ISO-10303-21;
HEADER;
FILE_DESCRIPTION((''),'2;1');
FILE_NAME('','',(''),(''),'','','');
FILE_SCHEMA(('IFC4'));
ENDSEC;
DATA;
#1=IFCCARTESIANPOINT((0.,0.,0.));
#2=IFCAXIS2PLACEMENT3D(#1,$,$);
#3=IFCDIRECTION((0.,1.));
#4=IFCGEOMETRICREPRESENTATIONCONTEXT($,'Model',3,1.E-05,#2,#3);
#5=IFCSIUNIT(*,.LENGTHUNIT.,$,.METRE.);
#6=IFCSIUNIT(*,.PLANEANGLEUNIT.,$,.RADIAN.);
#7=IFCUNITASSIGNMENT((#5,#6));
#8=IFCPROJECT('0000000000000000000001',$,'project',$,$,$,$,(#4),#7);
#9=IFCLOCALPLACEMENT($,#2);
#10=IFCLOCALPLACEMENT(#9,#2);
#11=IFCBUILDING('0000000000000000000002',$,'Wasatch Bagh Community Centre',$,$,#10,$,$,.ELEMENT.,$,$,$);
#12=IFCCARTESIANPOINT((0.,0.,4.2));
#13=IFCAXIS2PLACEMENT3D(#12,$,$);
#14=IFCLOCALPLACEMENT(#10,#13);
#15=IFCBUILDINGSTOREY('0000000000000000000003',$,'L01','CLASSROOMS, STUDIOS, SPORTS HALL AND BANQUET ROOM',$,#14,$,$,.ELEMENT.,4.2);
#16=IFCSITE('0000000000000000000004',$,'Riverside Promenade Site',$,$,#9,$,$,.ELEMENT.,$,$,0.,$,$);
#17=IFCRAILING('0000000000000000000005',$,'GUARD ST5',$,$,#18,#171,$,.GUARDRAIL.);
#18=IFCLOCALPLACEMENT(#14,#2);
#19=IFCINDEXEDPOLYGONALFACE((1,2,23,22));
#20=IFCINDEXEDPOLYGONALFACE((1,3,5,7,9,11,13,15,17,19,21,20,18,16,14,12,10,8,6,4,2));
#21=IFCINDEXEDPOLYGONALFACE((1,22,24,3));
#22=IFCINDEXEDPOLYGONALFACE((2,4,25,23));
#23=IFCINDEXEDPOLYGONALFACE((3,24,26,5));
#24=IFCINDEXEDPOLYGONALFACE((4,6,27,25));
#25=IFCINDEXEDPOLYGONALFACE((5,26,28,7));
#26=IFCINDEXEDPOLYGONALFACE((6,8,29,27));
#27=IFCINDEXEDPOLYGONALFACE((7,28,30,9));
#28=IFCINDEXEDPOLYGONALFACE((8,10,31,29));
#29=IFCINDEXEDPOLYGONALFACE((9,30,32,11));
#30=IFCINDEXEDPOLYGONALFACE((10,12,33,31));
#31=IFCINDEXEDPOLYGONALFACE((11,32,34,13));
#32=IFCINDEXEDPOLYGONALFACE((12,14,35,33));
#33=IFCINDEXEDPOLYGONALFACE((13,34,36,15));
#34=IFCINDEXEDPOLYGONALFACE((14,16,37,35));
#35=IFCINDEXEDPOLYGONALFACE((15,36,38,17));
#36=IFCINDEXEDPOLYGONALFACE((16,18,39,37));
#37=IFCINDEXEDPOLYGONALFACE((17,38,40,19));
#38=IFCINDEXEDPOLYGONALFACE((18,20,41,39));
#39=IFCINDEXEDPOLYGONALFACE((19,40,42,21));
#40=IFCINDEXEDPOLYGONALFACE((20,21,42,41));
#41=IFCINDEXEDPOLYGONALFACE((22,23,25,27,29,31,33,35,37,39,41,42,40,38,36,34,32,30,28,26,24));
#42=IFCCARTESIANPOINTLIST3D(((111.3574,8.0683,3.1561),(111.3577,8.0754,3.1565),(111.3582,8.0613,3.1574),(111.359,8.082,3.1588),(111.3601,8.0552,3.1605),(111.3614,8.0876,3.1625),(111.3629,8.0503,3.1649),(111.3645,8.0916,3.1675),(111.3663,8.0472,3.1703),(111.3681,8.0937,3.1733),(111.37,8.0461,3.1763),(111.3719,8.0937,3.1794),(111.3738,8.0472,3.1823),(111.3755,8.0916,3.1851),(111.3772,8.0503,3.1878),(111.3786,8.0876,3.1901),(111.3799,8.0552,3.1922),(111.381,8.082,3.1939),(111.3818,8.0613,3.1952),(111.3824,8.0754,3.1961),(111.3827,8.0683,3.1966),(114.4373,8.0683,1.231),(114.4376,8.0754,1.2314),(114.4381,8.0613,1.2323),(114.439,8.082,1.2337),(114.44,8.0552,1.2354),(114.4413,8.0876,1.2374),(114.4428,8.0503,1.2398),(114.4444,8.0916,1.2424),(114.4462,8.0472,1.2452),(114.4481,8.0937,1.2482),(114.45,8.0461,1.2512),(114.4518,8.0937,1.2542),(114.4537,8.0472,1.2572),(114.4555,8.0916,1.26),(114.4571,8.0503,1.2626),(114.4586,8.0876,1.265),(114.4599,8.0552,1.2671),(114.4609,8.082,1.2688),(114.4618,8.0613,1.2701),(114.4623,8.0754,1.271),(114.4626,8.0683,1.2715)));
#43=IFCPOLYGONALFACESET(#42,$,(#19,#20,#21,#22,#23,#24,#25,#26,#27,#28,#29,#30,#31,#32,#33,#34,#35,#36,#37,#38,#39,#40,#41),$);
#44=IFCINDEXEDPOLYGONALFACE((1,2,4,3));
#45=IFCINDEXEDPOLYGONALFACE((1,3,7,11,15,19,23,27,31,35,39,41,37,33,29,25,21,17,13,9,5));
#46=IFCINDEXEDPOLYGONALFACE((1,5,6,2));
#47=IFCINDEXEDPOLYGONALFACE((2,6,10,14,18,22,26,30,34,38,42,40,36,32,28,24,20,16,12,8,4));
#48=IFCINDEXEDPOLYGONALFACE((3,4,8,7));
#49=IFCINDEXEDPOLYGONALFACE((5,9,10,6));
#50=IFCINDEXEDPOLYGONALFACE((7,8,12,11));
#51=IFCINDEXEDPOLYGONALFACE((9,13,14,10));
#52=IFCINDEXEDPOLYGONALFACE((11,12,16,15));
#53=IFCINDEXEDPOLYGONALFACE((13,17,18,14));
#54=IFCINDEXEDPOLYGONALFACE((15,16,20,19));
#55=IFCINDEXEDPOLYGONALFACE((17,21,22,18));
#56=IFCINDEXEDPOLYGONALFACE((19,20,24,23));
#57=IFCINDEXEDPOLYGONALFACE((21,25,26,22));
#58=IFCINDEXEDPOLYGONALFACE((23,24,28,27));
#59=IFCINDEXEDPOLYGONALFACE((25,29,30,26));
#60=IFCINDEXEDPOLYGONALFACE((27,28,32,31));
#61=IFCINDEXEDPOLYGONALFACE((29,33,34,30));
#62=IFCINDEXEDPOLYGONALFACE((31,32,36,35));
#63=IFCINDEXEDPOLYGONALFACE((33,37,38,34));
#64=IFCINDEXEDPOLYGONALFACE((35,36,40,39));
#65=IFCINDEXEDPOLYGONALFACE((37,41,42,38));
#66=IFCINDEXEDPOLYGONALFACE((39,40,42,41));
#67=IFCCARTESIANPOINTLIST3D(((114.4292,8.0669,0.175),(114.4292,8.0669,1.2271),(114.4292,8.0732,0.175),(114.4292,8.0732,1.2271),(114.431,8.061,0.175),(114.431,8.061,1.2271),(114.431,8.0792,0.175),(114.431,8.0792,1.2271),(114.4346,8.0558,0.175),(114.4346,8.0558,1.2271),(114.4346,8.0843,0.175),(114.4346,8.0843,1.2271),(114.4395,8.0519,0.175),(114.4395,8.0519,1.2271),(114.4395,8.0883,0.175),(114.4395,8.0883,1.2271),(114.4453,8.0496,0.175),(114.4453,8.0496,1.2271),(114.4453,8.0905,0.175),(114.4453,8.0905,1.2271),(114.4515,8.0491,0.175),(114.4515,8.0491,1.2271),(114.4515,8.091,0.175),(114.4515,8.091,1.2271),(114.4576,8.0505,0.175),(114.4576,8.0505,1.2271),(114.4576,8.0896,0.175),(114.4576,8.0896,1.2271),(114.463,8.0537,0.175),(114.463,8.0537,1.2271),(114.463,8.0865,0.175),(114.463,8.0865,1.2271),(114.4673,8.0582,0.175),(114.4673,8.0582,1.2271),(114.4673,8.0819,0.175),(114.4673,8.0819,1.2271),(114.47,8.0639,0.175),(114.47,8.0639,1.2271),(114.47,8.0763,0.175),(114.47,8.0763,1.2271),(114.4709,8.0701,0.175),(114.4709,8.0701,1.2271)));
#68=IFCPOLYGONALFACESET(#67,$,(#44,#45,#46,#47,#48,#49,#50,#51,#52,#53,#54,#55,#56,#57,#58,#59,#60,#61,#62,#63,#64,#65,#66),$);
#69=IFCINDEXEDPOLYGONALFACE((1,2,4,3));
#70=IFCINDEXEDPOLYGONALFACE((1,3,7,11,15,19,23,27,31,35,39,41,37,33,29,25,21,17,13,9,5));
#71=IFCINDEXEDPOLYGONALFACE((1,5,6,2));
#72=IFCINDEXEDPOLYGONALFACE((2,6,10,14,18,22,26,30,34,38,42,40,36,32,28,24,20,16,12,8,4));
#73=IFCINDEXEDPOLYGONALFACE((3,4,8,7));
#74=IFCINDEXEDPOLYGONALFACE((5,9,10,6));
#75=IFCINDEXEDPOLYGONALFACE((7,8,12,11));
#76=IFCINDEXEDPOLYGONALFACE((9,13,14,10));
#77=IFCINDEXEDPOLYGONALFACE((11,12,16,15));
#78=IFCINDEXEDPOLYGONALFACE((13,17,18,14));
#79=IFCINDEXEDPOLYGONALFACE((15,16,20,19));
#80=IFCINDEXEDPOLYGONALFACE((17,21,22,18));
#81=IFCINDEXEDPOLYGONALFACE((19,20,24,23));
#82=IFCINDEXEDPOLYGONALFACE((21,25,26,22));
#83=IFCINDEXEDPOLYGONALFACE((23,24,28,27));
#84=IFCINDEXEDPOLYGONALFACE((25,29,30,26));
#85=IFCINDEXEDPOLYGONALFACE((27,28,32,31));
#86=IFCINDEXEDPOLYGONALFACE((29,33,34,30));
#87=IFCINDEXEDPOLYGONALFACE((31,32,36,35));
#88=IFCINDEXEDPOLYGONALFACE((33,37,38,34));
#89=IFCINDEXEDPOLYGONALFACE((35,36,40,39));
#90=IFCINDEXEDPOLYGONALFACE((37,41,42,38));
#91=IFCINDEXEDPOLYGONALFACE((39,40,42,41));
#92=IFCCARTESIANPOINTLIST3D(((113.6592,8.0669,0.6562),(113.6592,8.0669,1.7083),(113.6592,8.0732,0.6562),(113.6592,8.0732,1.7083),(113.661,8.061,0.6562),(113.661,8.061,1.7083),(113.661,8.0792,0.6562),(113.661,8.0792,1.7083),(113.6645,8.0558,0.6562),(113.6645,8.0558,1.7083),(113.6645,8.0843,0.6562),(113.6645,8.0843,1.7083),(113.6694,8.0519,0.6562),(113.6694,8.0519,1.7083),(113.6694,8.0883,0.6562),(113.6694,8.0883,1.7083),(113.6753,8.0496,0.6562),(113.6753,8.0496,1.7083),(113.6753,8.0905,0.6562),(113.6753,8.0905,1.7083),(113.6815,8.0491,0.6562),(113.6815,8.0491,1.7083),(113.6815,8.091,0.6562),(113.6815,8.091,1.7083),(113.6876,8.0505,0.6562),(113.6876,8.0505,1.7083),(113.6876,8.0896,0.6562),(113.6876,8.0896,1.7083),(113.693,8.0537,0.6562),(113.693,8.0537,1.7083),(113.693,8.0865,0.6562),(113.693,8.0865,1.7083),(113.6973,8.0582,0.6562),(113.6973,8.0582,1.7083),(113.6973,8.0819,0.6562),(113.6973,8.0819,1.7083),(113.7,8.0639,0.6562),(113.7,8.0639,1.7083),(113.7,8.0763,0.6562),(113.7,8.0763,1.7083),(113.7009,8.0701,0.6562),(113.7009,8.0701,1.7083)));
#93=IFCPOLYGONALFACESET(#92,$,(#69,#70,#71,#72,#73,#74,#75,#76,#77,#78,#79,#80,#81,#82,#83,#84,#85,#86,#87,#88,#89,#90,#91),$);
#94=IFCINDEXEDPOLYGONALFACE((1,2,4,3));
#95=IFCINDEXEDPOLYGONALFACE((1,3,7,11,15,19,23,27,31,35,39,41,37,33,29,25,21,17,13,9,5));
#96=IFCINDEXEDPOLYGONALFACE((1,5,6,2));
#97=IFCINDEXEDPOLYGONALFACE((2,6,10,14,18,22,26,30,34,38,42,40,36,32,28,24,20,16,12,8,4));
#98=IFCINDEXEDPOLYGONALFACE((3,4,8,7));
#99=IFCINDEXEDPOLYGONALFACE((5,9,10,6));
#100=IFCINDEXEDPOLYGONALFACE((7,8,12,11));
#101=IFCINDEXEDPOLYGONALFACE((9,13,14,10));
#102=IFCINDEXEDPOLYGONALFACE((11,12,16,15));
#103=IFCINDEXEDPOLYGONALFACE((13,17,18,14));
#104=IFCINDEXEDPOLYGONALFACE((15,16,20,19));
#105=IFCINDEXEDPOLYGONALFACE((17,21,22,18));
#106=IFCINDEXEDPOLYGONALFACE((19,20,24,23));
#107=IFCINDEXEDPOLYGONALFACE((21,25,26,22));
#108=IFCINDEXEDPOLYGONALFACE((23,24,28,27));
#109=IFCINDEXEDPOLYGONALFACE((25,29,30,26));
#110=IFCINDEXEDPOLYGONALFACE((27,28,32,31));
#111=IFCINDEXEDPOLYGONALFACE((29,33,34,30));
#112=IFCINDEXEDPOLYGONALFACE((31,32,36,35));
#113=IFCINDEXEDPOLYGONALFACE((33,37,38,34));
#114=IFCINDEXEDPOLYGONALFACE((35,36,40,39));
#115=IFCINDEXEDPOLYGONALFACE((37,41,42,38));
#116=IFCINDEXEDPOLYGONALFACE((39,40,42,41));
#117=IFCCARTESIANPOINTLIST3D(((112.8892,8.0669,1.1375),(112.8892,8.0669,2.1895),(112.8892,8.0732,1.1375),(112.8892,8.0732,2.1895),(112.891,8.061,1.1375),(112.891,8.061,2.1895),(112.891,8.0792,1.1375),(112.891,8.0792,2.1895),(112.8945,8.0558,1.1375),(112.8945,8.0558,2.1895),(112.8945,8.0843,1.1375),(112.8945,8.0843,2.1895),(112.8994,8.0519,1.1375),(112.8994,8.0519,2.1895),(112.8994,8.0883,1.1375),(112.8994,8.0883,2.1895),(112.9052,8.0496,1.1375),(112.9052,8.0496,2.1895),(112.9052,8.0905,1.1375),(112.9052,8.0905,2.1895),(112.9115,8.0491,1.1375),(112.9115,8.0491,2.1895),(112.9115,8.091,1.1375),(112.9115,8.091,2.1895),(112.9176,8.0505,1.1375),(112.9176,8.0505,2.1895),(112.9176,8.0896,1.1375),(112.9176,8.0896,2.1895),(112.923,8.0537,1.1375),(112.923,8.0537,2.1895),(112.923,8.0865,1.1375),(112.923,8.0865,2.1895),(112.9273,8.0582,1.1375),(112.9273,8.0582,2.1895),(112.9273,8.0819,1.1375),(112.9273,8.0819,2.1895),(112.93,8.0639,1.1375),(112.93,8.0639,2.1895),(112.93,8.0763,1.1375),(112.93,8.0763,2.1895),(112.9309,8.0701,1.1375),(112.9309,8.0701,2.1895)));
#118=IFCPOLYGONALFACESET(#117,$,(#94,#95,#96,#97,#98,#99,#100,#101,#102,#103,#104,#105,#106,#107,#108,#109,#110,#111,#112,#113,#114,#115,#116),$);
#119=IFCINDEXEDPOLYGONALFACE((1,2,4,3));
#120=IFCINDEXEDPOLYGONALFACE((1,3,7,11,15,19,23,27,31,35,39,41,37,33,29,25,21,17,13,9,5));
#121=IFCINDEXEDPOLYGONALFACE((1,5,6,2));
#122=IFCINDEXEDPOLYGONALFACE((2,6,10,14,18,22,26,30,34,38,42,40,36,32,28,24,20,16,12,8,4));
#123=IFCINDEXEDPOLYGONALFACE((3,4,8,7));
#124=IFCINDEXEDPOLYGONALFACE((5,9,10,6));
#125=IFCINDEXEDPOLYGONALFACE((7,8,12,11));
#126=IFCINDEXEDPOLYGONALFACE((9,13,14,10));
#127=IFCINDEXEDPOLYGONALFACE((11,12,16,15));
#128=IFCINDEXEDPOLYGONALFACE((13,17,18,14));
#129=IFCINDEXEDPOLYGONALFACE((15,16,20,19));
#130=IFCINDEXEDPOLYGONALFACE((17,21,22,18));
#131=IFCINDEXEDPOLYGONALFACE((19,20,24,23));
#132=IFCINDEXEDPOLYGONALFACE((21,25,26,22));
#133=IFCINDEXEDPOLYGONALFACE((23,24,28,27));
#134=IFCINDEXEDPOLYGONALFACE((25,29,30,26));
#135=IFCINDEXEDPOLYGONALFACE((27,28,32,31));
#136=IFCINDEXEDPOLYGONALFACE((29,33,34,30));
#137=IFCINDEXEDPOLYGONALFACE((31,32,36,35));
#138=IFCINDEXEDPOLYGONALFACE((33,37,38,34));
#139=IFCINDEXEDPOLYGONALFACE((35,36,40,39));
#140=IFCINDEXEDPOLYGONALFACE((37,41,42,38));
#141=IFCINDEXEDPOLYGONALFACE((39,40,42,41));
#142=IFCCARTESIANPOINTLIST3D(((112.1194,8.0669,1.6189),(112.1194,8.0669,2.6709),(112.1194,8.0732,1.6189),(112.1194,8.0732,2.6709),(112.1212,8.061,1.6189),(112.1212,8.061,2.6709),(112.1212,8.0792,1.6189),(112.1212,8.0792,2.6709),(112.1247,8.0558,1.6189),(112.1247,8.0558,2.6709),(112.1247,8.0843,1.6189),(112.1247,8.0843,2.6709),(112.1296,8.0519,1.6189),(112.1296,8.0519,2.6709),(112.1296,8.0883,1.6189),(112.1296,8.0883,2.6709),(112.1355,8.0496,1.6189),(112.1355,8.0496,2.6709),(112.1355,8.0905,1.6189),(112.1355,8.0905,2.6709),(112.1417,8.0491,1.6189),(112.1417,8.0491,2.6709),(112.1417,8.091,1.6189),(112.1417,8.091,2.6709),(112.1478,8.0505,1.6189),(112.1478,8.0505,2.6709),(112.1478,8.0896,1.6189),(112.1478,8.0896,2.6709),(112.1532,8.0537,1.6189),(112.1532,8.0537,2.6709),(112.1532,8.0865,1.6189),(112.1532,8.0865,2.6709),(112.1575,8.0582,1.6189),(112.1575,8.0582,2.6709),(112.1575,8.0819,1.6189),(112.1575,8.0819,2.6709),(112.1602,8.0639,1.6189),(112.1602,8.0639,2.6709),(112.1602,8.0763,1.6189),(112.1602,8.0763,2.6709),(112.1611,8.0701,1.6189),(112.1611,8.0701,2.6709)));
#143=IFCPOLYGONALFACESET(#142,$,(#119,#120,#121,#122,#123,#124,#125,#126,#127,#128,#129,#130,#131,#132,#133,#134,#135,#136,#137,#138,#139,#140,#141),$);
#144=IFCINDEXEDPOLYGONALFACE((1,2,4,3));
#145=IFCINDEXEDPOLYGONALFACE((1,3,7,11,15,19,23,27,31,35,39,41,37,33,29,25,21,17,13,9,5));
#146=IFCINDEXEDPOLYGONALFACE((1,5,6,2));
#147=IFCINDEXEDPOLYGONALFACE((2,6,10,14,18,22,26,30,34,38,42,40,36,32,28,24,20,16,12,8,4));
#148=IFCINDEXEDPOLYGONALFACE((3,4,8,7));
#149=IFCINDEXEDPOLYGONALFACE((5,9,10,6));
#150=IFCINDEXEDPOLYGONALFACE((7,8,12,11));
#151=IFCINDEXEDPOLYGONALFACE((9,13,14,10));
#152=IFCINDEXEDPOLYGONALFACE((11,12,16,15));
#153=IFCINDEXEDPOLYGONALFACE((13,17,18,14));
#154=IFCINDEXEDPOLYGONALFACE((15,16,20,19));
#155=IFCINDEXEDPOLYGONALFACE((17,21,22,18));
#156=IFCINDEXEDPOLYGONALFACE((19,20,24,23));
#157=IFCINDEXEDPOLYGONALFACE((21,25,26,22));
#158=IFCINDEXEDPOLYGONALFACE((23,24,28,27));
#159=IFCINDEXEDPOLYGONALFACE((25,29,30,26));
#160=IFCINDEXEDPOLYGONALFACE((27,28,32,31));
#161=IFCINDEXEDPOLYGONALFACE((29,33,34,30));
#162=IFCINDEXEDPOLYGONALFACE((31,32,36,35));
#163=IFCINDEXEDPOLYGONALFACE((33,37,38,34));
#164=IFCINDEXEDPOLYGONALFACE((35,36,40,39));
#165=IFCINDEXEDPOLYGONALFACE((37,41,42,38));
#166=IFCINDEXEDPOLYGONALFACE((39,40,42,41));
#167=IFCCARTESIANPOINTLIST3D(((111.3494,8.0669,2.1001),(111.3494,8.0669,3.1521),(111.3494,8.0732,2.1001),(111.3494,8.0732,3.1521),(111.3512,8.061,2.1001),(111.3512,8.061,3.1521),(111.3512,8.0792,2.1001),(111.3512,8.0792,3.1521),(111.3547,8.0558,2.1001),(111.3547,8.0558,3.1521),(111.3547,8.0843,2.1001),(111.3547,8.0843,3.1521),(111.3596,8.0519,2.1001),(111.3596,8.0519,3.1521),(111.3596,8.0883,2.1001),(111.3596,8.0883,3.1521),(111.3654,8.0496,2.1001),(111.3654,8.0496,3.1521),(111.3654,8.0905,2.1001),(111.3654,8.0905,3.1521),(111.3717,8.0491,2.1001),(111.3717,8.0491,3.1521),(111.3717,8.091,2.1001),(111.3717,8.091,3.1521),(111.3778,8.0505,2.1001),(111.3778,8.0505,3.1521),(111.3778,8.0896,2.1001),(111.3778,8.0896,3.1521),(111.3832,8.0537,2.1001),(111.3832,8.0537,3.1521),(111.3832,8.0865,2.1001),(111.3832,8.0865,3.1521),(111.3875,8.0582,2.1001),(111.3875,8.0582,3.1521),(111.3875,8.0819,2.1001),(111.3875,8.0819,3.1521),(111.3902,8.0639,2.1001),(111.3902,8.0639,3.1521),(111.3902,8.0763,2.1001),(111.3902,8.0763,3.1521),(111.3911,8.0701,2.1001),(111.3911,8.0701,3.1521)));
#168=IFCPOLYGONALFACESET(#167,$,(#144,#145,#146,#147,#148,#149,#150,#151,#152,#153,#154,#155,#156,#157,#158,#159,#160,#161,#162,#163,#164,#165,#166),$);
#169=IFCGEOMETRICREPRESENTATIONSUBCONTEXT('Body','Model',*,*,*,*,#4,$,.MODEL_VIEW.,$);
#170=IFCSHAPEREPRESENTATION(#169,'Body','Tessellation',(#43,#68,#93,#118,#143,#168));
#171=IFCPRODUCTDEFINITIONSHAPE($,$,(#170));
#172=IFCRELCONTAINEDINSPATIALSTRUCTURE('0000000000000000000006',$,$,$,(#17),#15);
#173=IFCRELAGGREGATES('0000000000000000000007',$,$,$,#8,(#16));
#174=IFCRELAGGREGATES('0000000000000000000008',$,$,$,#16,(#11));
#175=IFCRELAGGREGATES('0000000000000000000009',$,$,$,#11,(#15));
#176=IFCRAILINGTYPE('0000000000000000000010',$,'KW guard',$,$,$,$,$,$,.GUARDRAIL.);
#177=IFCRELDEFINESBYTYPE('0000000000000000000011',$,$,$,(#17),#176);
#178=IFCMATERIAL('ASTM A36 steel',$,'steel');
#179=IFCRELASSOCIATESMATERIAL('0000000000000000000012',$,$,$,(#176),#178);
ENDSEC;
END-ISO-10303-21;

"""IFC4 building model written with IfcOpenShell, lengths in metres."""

from ifc_helpers import new_model, si_unit, direction, frame, origin, origin_2d, place, context, subcontext, project, spatial, circle, extrude, material, type_object, element, save


model = new_model("IFC4")

# Units and contexts
model_context = context("Model", 3, precision=1e-05, world=origin(), true_north=direction((0.0, 1.0)))
body_context = subcontext(model_context, "Body", "Model", "MODEL_VIEW")
ifc_project = project(units=[si_unit("LENGTHUNIT", "METRE"), si_unit("PLANEANGLEUNIT", "RADIAN")], contexts=[model_context])

# Site, building, storey
site_placement = place(None, origin())
site = spatial("IfcSite", under=ifc_project, at=site_placement, Name="Riverside Promenade Site", CompositionType="ELEMENT", RefElevation=0.0)
building_placement = place(site_placement, origin())
building = spatial("IfcBuilding", under=site, at=building_placement, Name="Wasatch Bagh Community Centre", CompositionType="ELEMENT")
storey_placement = place(building_placement, frame((0.0, 0.0, 4.2)))
storey = spatial("IfcBuildingStorey", under=building, at=storey_placement, Name="L01", Description="CLASSROOMS, STUDIOS, SPORTS HALL AND BANQUET ROOM", CompositionType="ELEMENT", Elevation=4.2)

# Railing
ifc_material_1 = material(Name="ASTM A36 steel", Category="steel")
railing_type = type_object("IfcRailingType", Name="KW guard", PredefinedType="GUARDRAIL", material=ifc_material_1)
railing_placement = place(storey_placement, frame((114.45, 8.0701, 0.175)))
element("IfcRailing", 1, at=railing_placement, inside=storey, type_object=railing_type, Name="GUARD ST5", PredefinedType="GUARDRAIL", context=body_context, shape_type="SweptSolid", body=[
    extrude(circle(Radius=0.0239, at=origin_2d()), frame((0.0, 0.0, 1.0762), z_axis=(-0.847979, 0.0, 0.530029), x_axis=(0.0, -1.0, 0.0)), (0.0, 0.0, 1.0), 3.6321),
    extrude(circle(Radius=0.021, at=origin_2d()), origin(), (0.0, 0.0, 1.0), 1.052),
    extrude(circle(Radius=0.021, at=origin_2d()), frame((-0.77, 0.0, 0.4812)), (0.0, 0.0, 1.0), 1.052),
    extrude(circle(Radius=0.021, at=origin_2d()), frame((-1.54, 0.0, 0.9624)), (0.0, 0.0, 1.0), 1.052),
    extrude(circle(Radius=0.021, at=origin_2d()), frame((-2.3098, 0.0, 1.4438)), (0.0, 0.0, 1.0), 1.052),
    extrude(circle(Radius=0.021, at=origin_2d()), frame((-3.0798, 0.0, 1.925)), (0.0, 0.0, 1.0), 1.052),
])

save(model, "model.ifc")
